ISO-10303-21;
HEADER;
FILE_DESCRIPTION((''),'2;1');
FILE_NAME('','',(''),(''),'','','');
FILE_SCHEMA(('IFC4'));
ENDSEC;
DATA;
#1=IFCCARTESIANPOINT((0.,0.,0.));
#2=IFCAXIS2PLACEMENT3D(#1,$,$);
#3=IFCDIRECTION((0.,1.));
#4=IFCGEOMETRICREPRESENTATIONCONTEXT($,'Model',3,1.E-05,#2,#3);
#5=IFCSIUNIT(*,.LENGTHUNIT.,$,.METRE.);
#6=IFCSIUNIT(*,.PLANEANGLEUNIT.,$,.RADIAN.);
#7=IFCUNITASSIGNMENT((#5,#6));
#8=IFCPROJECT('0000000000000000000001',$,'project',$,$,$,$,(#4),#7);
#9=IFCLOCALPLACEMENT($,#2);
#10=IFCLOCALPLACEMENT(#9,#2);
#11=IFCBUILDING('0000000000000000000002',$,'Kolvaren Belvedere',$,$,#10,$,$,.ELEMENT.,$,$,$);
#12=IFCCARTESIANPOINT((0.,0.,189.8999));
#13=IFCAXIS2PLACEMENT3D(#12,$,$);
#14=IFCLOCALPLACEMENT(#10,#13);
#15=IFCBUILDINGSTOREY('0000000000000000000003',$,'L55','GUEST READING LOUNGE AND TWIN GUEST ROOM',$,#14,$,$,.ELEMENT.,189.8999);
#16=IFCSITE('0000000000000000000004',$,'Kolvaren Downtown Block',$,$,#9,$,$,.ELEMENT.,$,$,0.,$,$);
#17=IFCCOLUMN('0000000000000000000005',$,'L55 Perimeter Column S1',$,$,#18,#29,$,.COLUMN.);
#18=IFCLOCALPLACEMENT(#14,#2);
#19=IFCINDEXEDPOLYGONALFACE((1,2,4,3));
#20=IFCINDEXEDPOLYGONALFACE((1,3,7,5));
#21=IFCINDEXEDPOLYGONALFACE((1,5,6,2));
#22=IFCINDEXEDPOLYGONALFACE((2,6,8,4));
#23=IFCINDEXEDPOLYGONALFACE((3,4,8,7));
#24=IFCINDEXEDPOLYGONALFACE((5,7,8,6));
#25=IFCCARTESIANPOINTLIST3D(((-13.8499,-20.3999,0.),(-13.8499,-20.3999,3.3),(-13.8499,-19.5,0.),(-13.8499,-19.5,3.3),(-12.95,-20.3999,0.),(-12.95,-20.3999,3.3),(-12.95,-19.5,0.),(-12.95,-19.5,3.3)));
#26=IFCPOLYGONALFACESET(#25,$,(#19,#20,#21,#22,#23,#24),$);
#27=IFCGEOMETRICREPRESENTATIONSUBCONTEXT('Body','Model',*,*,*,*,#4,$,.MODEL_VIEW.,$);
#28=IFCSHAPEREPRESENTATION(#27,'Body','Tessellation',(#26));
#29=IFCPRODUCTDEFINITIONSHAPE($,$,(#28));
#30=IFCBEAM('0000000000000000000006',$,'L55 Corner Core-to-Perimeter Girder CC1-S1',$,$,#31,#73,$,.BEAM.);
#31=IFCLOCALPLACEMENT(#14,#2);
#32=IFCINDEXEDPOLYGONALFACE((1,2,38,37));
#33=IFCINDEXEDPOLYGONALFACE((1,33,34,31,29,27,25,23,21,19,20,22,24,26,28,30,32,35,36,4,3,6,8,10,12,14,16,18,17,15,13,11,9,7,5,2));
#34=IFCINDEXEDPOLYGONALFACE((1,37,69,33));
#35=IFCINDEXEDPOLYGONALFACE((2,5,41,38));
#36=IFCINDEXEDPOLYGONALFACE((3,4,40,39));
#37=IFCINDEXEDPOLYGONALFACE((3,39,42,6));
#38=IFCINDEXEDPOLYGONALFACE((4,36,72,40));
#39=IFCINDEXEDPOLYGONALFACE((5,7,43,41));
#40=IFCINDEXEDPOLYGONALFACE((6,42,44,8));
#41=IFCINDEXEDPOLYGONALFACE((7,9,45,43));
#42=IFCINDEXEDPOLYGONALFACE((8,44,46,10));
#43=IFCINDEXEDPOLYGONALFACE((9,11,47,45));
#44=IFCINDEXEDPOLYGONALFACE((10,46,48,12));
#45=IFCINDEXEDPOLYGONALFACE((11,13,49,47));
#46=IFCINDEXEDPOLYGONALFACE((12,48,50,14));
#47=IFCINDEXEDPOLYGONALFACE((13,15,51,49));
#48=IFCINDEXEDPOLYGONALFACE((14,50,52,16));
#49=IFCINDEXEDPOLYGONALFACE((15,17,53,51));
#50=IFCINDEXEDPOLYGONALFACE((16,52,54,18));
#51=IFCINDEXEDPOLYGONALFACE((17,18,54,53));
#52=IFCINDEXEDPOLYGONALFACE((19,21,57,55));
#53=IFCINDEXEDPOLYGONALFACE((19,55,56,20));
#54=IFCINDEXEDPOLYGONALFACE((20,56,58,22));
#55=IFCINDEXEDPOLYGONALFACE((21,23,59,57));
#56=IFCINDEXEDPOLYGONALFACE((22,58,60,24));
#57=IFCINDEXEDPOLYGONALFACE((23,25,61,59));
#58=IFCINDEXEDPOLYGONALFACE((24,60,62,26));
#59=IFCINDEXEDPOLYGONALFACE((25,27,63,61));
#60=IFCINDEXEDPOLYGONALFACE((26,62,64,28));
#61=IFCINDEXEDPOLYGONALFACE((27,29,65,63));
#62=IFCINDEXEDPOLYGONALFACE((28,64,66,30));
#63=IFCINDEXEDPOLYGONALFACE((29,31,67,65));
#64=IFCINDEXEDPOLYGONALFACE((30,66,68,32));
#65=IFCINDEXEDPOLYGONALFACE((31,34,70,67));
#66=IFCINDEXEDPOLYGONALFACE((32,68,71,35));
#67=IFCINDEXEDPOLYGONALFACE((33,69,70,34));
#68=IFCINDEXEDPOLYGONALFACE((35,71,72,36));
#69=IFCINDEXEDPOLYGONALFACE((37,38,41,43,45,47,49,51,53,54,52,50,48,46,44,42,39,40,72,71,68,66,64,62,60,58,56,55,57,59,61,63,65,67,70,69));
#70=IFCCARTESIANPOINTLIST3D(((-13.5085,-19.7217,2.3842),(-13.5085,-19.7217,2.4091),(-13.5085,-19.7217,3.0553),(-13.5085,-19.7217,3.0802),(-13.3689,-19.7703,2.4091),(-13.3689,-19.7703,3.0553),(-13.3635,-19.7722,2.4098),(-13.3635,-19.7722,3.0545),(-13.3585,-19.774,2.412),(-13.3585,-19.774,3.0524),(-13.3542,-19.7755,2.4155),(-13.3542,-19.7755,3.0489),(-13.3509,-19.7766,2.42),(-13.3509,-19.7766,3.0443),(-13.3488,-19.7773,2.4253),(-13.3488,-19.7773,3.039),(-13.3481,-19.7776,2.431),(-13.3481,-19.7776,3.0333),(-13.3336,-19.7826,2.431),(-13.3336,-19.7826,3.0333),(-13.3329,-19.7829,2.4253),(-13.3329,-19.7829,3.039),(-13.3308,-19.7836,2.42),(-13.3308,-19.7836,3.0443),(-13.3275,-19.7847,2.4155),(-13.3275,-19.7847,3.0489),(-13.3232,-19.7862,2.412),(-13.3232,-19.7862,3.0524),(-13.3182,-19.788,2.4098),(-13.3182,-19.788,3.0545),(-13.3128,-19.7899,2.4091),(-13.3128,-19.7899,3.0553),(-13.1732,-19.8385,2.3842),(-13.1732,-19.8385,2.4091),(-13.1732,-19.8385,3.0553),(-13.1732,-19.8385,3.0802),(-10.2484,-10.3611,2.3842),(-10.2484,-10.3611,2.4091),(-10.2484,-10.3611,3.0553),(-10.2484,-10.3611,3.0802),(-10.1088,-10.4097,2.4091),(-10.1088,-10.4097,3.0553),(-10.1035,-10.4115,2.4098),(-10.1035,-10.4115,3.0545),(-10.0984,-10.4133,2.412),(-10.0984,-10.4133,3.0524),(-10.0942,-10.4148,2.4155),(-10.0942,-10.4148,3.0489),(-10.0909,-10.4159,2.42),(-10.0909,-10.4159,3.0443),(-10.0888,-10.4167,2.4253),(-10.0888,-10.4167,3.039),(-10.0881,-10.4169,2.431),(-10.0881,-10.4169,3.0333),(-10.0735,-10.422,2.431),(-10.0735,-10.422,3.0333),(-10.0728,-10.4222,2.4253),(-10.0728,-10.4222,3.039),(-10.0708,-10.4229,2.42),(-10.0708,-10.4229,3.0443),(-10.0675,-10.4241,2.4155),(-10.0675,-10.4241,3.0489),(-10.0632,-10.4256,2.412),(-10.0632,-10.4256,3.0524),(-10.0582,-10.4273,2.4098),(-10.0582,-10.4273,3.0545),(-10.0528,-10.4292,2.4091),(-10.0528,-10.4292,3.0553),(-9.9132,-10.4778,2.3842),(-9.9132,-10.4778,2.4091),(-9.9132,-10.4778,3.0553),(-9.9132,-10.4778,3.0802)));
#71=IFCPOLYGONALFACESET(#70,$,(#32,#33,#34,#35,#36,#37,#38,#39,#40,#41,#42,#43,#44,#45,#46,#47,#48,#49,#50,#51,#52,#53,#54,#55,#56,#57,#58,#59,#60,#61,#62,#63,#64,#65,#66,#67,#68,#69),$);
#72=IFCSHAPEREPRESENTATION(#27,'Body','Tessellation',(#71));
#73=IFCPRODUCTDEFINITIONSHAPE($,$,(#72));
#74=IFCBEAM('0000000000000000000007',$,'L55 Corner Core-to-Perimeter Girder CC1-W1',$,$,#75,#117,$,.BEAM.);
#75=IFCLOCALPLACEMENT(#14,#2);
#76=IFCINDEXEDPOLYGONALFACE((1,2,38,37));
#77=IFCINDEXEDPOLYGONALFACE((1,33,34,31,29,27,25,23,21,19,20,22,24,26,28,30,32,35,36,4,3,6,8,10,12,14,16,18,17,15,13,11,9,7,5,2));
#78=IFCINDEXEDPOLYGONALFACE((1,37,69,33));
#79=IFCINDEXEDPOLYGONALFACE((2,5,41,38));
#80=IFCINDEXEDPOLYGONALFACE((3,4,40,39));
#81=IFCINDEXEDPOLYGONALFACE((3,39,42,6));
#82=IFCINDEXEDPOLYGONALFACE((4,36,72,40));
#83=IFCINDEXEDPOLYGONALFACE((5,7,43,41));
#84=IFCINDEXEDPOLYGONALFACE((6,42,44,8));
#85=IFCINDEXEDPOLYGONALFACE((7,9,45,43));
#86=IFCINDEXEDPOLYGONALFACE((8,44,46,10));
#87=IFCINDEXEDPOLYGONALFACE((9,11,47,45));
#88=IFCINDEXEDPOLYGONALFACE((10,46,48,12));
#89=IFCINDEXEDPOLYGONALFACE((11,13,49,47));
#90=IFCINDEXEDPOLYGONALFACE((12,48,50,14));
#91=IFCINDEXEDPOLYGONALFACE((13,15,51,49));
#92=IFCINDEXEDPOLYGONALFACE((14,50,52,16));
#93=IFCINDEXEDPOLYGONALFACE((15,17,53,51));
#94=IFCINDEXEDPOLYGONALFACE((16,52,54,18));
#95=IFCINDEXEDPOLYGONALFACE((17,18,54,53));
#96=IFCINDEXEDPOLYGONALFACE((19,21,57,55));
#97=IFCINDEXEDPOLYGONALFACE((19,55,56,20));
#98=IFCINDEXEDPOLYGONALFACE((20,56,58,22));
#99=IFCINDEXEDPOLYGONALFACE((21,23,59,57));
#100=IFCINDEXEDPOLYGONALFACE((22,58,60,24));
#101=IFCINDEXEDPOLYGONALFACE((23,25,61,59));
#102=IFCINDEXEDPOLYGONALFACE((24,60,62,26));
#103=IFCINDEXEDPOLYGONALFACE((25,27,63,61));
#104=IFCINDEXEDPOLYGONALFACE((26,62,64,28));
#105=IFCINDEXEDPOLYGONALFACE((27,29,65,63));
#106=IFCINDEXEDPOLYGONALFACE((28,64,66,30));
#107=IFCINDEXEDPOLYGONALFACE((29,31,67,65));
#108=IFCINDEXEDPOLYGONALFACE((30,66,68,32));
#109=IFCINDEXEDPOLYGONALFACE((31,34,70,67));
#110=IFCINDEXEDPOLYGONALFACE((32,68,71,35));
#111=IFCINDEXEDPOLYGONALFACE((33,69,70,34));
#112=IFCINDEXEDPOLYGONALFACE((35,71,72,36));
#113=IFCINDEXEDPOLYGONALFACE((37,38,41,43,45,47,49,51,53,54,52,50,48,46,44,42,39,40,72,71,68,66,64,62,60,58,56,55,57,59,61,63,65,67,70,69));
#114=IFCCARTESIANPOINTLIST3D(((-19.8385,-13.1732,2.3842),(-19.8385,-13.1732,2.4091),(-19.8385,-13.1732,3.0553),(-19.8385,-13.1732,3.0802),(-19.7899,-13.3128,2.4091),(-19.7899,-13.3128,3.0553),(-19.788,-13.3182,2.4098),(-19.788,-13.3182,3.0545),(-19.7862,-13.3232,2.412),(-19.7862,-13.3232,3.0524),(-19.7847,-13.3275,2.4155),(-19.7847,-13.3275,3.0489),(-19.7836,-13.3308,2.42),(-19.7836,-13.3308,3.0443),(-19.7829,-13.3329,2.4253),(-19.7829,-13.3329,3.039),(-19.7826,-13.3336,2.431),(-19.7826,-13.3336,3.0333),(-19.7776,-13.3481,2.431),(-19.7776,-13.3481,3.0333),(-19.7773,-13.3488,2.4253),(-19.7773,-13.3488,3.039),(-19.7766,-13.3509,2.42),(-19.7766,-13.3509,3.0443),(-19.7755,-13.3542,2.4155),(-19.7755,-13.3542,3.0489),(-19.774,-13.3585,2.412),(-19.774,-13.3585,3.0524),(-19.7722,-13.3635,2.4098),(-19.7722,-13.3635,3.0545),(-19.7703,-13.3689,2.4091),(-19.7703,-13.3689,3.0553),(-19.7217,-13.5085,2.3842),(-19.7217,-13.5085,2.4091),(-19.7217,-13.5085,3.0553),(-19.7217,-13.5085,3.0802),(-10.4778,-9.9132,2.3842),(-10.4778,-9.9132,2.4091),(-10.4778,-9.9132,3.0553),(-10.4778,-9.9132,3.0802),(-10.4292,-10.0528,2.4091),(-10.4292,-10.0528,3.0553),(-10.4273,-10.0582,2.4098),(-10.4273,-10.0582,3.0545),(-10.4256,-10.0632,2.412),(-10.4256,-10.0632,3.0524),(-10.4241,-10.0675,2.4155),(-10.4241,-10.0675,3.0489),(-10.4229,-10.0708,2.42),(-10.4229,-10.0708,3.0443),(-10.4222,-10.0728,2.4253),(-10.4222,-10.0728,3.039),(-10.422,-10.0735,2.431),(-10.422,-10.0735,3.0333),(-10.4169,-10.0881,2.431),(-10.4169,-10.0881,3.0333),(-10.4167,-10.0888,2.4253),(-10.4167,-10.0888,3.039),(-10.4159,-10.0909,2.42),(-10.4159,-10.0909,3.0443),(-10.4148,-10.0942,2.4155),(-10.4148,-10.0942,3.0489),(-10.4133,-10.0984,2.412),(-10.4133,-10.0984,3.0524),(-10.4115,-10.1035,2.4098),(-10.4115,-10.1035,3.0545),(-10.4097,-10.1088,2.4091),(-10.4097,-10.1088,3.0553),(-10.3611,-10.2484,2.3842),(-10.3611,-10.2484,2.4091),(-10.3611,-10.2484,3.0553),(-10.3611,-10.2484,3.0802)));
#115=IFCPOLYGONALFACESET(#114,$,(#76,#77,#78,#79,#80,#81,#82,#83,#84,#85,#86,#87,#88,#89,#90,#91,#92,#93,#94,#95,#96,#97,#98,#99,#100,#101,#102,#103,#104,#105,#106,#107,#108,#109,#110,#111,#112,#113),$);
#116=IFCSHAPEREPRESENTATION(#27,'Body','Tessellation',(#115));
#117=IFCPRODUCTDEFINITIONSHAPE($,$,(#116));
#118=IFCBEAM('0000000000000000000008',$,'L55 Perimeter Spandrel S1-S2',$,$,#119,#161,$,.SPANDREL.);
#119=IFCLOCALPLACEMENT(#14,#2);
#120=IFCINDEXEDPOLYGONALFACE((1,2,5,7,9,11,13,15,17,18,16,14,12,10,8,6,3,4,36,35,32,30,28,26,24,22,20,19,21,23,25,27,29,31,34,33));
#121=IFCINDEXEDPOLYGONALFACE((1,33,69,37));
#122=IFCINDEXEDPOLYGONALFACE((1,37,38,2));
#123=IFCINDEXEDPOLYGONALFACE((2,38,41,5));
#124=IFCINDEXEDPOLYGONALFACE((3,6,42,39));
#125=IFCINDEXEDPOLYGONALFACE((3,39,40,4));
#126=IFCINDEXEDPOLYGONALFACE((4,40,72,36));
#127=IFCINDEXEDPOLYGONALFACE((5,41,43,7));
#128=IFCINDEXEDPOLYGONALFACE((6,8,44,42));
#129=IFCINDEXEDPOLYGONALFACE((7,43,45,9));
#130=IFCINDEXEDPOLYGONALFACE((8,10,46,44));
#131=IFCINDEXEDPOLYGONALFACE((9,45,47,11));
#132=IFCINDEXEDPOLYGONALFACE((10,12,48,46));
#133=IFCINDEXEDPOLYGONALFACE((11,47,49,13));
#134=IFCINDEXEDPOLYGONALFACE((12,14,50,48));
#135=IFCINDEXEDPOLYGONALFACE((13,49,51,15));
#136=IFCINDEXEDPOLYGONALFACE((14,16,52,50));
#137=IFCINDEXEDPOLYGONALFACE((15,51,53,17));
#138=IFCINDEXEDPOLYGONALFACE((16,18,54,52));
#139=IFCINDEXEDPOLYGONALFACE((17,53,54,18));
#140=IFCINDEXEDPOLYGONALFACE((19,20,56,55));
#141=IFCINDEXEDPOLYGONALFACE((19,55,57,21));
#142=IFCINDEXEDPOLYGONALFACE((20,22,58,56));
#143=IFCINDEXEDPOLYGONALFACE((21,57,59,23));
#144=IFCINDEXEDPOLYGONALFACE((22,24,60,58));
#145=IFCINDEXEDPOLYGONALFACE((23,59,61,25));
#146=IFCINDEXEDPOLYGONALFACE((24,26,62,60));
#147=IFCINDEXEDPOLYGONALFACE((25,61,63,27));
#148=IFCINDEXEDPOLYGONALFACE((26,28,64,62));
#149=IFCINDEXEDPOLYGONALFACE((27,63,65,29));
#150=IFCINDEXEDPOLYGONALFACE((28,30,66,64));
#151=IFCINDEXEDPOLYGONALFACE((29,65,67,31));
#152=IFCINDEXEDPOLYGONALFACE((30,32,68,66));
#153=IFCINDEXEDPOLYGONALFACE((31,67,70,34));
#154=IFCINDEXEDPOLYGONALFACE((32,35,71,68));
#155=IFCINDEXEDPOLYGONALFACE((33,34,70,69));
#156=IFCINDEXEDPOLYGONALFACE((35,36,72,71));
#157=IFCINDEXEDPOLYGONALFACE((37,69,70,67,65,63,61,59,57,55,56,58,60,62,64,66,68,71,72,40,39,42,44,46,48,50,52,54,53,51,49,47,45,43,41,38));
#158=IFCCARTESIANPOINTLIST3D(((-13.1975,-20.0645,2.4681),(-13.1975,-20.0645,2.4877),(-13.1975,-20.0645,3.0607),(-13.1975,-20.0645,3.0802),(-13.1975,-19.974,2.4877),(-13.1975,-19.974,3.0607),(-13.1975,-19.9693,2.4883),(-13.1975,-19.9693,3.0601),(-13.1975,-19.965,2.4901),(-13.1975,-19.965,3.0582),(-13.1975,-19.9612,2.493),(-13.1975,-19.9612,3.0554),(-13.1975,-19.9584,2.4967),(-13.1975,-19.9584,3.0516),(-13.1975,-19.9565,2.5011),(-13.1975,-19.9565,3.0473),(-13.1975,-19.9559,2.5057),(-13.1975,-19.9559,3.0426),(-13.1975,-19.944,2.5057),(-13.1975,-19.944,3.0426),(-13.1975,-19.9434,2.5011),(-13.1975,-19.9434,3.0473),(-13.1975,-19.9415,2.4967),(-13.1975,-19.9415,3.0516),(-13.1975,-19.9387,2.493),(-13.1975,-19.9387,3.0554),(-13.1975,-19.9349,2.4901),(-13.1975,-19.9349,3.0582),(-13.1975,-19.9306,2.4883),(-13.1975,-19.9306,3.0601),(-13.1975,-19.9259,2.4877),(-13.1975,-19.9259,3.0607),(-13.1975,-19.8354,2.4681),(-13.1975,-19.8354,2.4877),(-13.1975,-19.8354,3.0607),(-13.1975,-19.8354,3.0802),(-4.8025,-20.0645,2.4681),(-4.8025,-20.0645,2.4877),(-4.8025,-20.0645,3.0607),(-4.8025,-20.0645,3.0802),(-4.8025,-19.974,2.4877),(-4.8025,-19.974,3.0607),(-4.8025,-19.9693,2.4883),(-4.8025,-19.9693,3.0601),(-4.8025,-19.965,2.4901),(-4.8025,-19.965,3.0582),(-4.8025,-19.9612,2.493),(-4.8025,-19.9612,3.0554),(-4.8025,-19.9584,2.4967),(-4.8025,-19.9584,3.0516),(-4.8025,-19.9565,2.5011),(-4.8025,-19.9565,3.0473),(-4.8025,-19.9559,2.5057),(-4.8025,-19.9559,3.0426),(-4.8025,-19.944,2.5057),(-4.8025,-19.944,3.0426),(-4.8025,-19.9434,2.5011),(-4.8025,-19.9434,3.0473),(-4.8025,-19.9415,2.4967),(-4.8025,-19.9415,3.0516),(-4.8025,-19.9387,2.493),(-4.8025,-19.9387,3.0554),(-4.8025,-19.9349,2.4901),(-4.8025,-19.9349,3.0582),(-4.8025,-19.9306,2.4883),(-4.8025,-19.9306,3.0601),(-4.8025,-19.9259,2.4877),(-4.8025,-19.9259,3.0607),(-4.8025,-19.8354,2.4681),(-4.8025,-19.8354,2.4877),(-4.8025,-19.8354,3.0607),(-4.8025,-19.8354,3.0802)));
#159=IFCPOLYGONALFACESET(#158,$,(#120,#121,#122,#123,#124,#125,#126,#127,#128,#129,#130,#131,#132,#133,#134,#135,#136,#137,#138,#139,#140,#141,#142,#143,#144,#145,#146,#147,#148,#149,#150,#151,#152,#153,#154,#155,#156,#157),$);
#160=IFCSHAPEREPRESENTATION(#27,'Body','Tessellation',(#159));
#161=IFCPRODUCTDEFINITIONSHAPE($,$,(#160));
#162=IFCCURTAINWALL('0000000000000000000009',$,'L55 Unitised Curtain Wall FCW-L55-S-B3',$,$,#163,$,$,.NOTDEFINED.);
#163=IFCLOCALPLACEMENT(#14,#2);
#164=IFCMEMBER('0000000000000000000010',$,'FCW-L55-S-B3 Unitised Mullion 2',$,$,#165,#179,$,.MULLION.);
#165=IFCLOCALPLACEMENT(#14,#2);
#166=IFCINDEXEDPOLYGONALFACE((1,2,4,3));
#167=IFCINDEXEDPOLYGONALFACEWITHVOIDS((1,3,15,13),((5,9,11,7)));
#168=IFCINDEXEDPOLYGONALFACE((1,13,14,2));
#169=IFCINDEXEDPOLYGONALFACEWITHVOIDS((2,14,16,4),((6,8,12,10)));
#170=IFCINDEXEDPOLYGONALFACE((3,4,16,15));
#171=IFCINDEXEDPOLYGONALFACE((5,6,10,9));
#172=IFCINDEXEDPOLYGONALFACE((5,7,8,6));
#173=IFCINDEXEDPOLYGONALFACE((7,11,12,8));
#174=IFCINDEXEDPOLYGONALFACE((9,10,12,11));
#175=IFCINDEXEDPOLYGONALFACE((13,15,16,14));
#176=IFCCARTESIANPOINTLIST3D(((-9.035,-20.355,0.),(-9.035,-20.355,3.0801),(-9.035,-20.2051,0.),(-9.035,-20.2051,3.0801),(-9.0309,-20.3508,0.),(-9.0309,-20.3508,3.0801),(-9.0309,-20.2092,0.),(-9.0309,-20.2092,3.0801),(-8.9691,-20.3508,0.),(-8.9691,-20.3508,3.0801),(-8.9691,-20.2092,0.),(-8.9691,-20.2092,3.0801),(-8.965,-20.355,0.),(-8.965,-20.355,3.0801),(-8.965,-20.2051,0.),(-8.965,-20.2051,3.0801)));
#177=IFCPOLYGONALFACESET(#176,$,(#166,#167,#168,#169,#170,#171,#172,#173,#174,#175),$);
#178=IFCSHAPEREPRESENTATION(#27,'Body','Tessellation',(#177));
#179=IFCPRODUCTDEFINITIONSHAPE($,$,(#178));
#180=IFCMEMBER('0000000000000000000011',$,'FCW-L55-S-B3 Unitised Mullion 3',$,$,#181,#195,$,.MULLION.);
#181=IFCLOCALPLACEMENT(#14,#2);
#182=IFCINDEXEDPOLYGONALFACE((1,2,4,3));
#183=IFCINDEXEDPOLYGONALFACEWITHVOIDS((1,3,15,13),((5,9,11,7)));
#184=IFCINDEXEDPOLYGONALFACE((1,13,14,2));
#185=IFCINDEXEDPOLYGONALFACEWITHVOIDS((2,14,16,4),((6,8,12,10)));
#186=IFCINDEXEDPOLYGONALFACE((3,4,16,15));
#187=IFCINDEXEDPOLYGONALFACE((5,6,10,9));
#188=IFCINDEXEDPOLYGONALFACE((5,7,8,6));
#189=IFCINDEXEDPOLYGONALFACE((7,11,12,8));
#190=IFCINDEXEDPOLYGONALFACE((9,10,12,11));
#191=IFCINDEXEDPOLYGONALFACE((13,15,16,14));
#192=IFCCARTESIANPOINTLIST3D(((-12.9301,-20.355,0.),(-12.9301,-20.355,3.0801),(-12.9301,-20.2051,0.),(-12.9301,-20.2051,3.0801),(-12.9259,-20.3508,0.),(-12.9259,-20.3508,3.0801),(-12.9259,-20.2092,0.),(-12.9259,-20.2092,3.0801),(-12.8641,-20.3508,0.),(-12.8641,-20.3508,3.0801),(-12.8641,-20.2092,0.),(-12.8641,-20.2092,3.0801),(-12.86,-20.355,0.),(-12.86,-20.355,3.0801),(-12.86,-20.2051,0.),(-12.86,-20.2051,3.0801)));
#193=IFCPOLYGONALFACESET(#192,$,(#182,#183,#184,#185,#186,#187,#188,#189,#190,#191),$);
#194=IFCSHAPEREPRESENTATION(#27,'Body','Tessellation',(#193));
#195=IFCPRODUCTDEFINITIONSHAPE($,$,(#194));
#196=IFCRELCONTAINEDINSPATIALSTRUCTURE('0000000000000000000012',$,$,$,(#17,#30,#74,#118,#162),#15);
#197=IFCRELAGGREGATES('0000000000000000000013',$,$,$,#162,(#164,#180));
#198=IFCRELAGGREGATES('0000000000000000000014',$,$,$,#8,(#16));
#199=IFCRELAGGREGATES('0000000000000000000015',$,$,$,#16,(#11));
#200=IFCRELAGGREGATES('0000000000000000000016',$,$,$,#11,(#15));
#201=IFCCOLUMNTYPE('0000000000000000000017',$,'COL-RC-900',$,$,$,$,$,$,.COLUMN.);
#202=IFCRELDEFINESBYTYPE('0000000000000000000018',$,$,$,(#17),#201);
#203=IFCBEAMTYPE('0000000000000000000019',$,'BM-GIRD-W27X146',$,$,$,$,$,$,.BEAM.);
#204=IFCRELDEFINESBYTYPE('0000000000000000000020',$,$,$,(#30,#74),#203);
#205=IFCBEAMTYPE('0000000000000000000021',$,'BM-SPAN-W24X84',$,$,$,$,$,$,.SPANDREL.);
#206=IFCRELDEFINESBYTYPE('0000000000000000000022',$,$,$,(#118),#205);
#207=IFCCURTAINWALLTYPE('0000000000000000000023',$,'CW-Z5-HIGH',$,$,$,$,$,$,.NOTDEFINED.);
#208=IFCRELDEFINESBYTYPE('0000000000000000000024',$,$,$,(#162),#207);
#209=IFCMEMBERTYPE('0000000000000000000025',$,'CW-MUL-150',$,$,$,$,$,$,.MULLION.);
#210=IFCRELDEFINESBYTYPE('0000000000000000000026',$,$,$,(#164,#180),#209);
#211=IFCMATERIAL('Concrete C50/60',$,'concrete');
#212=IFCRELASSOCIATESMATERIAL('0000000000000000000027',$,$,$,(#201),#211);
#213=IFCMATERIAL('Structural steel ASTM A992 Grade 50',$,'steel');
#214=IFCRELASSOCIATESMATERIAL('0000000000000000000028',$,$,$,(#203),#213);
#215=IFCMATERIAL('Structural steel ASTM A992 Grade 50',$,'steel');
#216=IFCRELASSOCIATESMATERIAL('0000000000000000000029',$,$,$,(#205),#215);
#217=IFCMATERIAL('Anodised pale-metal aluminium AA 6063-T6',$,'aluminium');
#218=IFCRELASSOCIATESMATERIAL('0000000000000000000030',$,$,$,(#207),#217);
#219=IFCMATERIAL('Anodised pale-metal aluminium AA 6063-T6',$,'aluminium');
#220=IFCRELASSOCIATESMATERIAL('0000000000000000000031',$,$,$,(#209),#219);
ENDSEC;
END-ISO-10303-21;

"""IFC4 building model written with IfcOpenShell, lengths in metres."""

from ifc_helpers import new_model, si_unit, direction, frame, origin, origin_2d, place, context, subcontext, project, spatial, rectangle, hollow_rectangle, i_section, extrude, material, material_profile, profile_set, type_object, element, aggregate, save


model = new_model("IFC4")

# Units and contexts
model_context = context("Model", 3, precision=1e-05, world=origin(), true_north=direction((0.0, 1.0)))
body_context = subcontext(model_context, "Body", "Model", "MODEL_VIEW")
ifc_project = project(units=[si_unit("LENGTHUNIT", "METRE"), si_unit("PLANEANGLEUNIT", "RADIAN")], contexts=[model_context])

# Site, building, storey
site_placement = place(None, origin())
site = spatial("IfcSite", under=ifc_project, at=site_placement, Name="Kolvaren Downtown Block", CompositionType="ELEMENT", RefElevation=0.0)
building_placement = place(site_placement, origin())
building = spatial("IfcBuilding", under=site, at=building_placement, Name="Kolvaren Belvedere", CompositionType="ELEMENT")
storey_placement = place(building_placement, frame((0.0, 0.0, 189.8999)))
storey = spatial("IfcBuildingStorey", under=building, at=storey_placement, Name="L55", Description="GUEST READING LOUNGE AND TWIN GUEST ROOM", CompositionType="ELEMENT", Elevation=189.8999)

# Column
ifc_material_1 = material(Name="Concrete C50/60", Category="concrete")
ifc_material_profile_1 = material_profile(ifc_material_1, rectangle(XDim=0.8999, YDim=0.8999, at=origin_2d()), Name="RC 900X900")
ifc_profile_set_1 = profile_set([ifc_material_profile_1], Name="Concrete C50/60")
column_type = type_object("IfcColumnType", Name="COL-RC-900", PredefinedType="COLUMN", material=ifc_profile_set_1)
column_placement = place(storey_placement, frame((-13.3999, -19.95, 0.0), z_axis=(0.0, 0.0, 1.0), x_axis=(1.0, 0.0, 0.0)))
element("IfcColumn", 1, at=column_placement, inside=storey, type_object=column_type, Name="L55 Perimeter Column S1", PredefinedType="COLUMN", context=body_context, shape_type="SweptSolid", body=[
    extrude(rectangle(XDim=0.8999, YDim=0.8999, at=origin_2d()), origin(), (0.0, 0.0, 1.0), 3.3),
])

# Beams
ifc_material_2 = material(Name="Structural steel ASTM A992 Grade 50", Category="steel")
ifc_material_profile_2 = material_profile(ifc_material_2, i_section(OverallWidth=0.355, OverallDepth=0.696, WebThickness=0.0154, FlangeThickness=0.0249, FilletRadius=0.022, at=origin_2d()), Name="W27X146")
ifc_profile_set_2 = profile_set([ifc_material_profile_2], Name="Structural steel ASTM A992 Grade 50")
beam_type_1 = type_object("IfcBeamType", Name="BM-GIRD-W27X146", PredefinedType="BEAM", material=ifc_profile_set_2)
for number, where, z_axis, x_axis, name in (
    (2, (-10.0808, -10.4194, 2.7322), (-0.328894, -0.944367, 0.0), (0.944367, -0.328894, 0.0), "L55 Corner Core-to-Perimeter Girder CC1-S1"),
    (3, (-10.4194, -10.0808, 2.7322), (-0.944367, -0.328894, 0.0), (0.328894, -0.944367, 0.0), "L55 Corner Core-to-Perimeter Girder CC1-W1"),
):
    element("IfcBeam", number, at=place(storey_placement, frame(where, z_axis=z_axis, x_axis=x_axis)), inside=storey, type_object=beam_type_1, Name=name, PredefinedType="BEAM", context=body_context, shape_type="SweptSolid", body=[
        extrude(i_section(OverallWidth=0.355, OverallDepth=0.696, WebThickness=0.0154, FlangeThickness=0.0249, FilletRadius=0.022, at=origin_2d()), origin(), (0.0, 0.0, 1.0), 9.9121),
    ])
ifc_material_3 = material(Name="Structural steel ASTM A992 Grade 50", Category="steel")
ifc_material_profile_3 = material_profile(ifc_material_3, i_section(OverallWidth=0.229, OverallDepth=0.6121, WebThickness=0.012, FlangeThickness=0.0195, FilletRadius=0.0181, at=origin_2d()), Name="W24X84")
ifc_profile_set_3 = profile_set([ifc_material_profile_3], Name="Structural steel ASTM A992 Grade 50")
beam_type_2 = type_object("IfcBeamType", Name="BM-SPAN-W24X84", PredefinedType="SPANDREL", material=ifc_profile_set_3)
beam_placement = place(storey_placement, frame((-13.1975, -19.95, 2.7742), z_axis=(1.0, 0.0, 0.0), x_axis=(0.0, 1.0, 0.0)))
element("IfcBeam", 4, at=beam_placement, inside=storey, type_object=beam_type_2, Name="L55 Perimeter Spandrel S1-S2", PredefinedType="SPANDREL", context=body_context, shape_type="SweptSolid", body=[
    extrude(i_section(OverallWidth=0.229, OverallDepth=0.6121, WebThickness=0.012, FlangeThickness=0.0195, FilletRadius=0.0181, at=origin_2d()), origin(), (0.0, 0.0, 1.0), 8.395),
])

# Curtain wall, members
ifc_material_4 = material(Name="Anodised pale-metal aluminium AA 6063-T6", Category="aluminium")
curtain_wall_type = type_object("IfcCurtainWallType", Name="CW-Z5-HIGH", PredefinedType="NOTDEFINED", material=ifc_material_4)
curtain_wall_placement = place(storey_placement, origin())
curtain_wall = element("IfcCurtainWall", 5, at=curtain_wall_placement, inside=storey, type_object=curtain_wall_type, Name="L55 Unitised Curtain Wall FCW-L55-S-B3", PredefinedType="NOTDEFINED")
ifc_material_5 = material(Name="Anodised pale-metal aluminium AA 6063-T6", Category="aluminium")
ifc_material_profile_4 = material_profile(ifc_material_5, hollow_rectangle(XDim=0.0701, YDim=0.1499, WallThickness=0.0042, at=origin_2d()), Name="ALU-MUL-150X70")
ifc_profile_set_4 = profile_set([ifc_material_profile_4], Name="Anodised pale-metal aluminium AA 6063-T6")
member_type = type_object("IfcMemberType", Name="CW-MUL-150", PredefinedType="MULLION", material=ifc_profile_set_4)
member_1_placement = place(storey_placement, frame((-9.0, -20.28, 0.0), z_axis=(0.0, 0.0, 1.0), x_axis=(1.0, 0.0, 0.0)))
member_1 = element("IfcMember", 6, at=member_1_placement, type_object=member_type, Name="FCW-L55-S-B3 Unitised Mullion 2", PredefinedType="MULLION", context=body_context, shape_type="SweptSolid", body=[
    extrude(hollow_rectangle(XDim=0.0701, YDim=0.1499, WallThickness=0.0042, at=origin_2d()), origin(), (0.0, 0.0, 1.0), 3.0801),
])
member_2_placement = place(storey_placement, frame((-12.895, -20.28, 0.0), z_axis=(0.0, 0.0, 1.0), x_axis=(1.0, 0.0, 0.0)))
member_2 = element("IfcMember", 7, at=member_2_placement, type_object=member_type, Name="FCW-L55-S-B3 Unitised Mullion 3", PredefinedType="MULLION", context=body_context, shape_type="SweptSolid", body=[
    extrude(hollow_rectangle(XDim=0.0701, YDim=0.1499, WallThickness=0.0042, at=origin_2d()), origin(), (0.0, 0.0, 1.0), 3.0801),
])
aggregate(curtain_wall, [member_1, member_2])

save(model, "model.ifc")
